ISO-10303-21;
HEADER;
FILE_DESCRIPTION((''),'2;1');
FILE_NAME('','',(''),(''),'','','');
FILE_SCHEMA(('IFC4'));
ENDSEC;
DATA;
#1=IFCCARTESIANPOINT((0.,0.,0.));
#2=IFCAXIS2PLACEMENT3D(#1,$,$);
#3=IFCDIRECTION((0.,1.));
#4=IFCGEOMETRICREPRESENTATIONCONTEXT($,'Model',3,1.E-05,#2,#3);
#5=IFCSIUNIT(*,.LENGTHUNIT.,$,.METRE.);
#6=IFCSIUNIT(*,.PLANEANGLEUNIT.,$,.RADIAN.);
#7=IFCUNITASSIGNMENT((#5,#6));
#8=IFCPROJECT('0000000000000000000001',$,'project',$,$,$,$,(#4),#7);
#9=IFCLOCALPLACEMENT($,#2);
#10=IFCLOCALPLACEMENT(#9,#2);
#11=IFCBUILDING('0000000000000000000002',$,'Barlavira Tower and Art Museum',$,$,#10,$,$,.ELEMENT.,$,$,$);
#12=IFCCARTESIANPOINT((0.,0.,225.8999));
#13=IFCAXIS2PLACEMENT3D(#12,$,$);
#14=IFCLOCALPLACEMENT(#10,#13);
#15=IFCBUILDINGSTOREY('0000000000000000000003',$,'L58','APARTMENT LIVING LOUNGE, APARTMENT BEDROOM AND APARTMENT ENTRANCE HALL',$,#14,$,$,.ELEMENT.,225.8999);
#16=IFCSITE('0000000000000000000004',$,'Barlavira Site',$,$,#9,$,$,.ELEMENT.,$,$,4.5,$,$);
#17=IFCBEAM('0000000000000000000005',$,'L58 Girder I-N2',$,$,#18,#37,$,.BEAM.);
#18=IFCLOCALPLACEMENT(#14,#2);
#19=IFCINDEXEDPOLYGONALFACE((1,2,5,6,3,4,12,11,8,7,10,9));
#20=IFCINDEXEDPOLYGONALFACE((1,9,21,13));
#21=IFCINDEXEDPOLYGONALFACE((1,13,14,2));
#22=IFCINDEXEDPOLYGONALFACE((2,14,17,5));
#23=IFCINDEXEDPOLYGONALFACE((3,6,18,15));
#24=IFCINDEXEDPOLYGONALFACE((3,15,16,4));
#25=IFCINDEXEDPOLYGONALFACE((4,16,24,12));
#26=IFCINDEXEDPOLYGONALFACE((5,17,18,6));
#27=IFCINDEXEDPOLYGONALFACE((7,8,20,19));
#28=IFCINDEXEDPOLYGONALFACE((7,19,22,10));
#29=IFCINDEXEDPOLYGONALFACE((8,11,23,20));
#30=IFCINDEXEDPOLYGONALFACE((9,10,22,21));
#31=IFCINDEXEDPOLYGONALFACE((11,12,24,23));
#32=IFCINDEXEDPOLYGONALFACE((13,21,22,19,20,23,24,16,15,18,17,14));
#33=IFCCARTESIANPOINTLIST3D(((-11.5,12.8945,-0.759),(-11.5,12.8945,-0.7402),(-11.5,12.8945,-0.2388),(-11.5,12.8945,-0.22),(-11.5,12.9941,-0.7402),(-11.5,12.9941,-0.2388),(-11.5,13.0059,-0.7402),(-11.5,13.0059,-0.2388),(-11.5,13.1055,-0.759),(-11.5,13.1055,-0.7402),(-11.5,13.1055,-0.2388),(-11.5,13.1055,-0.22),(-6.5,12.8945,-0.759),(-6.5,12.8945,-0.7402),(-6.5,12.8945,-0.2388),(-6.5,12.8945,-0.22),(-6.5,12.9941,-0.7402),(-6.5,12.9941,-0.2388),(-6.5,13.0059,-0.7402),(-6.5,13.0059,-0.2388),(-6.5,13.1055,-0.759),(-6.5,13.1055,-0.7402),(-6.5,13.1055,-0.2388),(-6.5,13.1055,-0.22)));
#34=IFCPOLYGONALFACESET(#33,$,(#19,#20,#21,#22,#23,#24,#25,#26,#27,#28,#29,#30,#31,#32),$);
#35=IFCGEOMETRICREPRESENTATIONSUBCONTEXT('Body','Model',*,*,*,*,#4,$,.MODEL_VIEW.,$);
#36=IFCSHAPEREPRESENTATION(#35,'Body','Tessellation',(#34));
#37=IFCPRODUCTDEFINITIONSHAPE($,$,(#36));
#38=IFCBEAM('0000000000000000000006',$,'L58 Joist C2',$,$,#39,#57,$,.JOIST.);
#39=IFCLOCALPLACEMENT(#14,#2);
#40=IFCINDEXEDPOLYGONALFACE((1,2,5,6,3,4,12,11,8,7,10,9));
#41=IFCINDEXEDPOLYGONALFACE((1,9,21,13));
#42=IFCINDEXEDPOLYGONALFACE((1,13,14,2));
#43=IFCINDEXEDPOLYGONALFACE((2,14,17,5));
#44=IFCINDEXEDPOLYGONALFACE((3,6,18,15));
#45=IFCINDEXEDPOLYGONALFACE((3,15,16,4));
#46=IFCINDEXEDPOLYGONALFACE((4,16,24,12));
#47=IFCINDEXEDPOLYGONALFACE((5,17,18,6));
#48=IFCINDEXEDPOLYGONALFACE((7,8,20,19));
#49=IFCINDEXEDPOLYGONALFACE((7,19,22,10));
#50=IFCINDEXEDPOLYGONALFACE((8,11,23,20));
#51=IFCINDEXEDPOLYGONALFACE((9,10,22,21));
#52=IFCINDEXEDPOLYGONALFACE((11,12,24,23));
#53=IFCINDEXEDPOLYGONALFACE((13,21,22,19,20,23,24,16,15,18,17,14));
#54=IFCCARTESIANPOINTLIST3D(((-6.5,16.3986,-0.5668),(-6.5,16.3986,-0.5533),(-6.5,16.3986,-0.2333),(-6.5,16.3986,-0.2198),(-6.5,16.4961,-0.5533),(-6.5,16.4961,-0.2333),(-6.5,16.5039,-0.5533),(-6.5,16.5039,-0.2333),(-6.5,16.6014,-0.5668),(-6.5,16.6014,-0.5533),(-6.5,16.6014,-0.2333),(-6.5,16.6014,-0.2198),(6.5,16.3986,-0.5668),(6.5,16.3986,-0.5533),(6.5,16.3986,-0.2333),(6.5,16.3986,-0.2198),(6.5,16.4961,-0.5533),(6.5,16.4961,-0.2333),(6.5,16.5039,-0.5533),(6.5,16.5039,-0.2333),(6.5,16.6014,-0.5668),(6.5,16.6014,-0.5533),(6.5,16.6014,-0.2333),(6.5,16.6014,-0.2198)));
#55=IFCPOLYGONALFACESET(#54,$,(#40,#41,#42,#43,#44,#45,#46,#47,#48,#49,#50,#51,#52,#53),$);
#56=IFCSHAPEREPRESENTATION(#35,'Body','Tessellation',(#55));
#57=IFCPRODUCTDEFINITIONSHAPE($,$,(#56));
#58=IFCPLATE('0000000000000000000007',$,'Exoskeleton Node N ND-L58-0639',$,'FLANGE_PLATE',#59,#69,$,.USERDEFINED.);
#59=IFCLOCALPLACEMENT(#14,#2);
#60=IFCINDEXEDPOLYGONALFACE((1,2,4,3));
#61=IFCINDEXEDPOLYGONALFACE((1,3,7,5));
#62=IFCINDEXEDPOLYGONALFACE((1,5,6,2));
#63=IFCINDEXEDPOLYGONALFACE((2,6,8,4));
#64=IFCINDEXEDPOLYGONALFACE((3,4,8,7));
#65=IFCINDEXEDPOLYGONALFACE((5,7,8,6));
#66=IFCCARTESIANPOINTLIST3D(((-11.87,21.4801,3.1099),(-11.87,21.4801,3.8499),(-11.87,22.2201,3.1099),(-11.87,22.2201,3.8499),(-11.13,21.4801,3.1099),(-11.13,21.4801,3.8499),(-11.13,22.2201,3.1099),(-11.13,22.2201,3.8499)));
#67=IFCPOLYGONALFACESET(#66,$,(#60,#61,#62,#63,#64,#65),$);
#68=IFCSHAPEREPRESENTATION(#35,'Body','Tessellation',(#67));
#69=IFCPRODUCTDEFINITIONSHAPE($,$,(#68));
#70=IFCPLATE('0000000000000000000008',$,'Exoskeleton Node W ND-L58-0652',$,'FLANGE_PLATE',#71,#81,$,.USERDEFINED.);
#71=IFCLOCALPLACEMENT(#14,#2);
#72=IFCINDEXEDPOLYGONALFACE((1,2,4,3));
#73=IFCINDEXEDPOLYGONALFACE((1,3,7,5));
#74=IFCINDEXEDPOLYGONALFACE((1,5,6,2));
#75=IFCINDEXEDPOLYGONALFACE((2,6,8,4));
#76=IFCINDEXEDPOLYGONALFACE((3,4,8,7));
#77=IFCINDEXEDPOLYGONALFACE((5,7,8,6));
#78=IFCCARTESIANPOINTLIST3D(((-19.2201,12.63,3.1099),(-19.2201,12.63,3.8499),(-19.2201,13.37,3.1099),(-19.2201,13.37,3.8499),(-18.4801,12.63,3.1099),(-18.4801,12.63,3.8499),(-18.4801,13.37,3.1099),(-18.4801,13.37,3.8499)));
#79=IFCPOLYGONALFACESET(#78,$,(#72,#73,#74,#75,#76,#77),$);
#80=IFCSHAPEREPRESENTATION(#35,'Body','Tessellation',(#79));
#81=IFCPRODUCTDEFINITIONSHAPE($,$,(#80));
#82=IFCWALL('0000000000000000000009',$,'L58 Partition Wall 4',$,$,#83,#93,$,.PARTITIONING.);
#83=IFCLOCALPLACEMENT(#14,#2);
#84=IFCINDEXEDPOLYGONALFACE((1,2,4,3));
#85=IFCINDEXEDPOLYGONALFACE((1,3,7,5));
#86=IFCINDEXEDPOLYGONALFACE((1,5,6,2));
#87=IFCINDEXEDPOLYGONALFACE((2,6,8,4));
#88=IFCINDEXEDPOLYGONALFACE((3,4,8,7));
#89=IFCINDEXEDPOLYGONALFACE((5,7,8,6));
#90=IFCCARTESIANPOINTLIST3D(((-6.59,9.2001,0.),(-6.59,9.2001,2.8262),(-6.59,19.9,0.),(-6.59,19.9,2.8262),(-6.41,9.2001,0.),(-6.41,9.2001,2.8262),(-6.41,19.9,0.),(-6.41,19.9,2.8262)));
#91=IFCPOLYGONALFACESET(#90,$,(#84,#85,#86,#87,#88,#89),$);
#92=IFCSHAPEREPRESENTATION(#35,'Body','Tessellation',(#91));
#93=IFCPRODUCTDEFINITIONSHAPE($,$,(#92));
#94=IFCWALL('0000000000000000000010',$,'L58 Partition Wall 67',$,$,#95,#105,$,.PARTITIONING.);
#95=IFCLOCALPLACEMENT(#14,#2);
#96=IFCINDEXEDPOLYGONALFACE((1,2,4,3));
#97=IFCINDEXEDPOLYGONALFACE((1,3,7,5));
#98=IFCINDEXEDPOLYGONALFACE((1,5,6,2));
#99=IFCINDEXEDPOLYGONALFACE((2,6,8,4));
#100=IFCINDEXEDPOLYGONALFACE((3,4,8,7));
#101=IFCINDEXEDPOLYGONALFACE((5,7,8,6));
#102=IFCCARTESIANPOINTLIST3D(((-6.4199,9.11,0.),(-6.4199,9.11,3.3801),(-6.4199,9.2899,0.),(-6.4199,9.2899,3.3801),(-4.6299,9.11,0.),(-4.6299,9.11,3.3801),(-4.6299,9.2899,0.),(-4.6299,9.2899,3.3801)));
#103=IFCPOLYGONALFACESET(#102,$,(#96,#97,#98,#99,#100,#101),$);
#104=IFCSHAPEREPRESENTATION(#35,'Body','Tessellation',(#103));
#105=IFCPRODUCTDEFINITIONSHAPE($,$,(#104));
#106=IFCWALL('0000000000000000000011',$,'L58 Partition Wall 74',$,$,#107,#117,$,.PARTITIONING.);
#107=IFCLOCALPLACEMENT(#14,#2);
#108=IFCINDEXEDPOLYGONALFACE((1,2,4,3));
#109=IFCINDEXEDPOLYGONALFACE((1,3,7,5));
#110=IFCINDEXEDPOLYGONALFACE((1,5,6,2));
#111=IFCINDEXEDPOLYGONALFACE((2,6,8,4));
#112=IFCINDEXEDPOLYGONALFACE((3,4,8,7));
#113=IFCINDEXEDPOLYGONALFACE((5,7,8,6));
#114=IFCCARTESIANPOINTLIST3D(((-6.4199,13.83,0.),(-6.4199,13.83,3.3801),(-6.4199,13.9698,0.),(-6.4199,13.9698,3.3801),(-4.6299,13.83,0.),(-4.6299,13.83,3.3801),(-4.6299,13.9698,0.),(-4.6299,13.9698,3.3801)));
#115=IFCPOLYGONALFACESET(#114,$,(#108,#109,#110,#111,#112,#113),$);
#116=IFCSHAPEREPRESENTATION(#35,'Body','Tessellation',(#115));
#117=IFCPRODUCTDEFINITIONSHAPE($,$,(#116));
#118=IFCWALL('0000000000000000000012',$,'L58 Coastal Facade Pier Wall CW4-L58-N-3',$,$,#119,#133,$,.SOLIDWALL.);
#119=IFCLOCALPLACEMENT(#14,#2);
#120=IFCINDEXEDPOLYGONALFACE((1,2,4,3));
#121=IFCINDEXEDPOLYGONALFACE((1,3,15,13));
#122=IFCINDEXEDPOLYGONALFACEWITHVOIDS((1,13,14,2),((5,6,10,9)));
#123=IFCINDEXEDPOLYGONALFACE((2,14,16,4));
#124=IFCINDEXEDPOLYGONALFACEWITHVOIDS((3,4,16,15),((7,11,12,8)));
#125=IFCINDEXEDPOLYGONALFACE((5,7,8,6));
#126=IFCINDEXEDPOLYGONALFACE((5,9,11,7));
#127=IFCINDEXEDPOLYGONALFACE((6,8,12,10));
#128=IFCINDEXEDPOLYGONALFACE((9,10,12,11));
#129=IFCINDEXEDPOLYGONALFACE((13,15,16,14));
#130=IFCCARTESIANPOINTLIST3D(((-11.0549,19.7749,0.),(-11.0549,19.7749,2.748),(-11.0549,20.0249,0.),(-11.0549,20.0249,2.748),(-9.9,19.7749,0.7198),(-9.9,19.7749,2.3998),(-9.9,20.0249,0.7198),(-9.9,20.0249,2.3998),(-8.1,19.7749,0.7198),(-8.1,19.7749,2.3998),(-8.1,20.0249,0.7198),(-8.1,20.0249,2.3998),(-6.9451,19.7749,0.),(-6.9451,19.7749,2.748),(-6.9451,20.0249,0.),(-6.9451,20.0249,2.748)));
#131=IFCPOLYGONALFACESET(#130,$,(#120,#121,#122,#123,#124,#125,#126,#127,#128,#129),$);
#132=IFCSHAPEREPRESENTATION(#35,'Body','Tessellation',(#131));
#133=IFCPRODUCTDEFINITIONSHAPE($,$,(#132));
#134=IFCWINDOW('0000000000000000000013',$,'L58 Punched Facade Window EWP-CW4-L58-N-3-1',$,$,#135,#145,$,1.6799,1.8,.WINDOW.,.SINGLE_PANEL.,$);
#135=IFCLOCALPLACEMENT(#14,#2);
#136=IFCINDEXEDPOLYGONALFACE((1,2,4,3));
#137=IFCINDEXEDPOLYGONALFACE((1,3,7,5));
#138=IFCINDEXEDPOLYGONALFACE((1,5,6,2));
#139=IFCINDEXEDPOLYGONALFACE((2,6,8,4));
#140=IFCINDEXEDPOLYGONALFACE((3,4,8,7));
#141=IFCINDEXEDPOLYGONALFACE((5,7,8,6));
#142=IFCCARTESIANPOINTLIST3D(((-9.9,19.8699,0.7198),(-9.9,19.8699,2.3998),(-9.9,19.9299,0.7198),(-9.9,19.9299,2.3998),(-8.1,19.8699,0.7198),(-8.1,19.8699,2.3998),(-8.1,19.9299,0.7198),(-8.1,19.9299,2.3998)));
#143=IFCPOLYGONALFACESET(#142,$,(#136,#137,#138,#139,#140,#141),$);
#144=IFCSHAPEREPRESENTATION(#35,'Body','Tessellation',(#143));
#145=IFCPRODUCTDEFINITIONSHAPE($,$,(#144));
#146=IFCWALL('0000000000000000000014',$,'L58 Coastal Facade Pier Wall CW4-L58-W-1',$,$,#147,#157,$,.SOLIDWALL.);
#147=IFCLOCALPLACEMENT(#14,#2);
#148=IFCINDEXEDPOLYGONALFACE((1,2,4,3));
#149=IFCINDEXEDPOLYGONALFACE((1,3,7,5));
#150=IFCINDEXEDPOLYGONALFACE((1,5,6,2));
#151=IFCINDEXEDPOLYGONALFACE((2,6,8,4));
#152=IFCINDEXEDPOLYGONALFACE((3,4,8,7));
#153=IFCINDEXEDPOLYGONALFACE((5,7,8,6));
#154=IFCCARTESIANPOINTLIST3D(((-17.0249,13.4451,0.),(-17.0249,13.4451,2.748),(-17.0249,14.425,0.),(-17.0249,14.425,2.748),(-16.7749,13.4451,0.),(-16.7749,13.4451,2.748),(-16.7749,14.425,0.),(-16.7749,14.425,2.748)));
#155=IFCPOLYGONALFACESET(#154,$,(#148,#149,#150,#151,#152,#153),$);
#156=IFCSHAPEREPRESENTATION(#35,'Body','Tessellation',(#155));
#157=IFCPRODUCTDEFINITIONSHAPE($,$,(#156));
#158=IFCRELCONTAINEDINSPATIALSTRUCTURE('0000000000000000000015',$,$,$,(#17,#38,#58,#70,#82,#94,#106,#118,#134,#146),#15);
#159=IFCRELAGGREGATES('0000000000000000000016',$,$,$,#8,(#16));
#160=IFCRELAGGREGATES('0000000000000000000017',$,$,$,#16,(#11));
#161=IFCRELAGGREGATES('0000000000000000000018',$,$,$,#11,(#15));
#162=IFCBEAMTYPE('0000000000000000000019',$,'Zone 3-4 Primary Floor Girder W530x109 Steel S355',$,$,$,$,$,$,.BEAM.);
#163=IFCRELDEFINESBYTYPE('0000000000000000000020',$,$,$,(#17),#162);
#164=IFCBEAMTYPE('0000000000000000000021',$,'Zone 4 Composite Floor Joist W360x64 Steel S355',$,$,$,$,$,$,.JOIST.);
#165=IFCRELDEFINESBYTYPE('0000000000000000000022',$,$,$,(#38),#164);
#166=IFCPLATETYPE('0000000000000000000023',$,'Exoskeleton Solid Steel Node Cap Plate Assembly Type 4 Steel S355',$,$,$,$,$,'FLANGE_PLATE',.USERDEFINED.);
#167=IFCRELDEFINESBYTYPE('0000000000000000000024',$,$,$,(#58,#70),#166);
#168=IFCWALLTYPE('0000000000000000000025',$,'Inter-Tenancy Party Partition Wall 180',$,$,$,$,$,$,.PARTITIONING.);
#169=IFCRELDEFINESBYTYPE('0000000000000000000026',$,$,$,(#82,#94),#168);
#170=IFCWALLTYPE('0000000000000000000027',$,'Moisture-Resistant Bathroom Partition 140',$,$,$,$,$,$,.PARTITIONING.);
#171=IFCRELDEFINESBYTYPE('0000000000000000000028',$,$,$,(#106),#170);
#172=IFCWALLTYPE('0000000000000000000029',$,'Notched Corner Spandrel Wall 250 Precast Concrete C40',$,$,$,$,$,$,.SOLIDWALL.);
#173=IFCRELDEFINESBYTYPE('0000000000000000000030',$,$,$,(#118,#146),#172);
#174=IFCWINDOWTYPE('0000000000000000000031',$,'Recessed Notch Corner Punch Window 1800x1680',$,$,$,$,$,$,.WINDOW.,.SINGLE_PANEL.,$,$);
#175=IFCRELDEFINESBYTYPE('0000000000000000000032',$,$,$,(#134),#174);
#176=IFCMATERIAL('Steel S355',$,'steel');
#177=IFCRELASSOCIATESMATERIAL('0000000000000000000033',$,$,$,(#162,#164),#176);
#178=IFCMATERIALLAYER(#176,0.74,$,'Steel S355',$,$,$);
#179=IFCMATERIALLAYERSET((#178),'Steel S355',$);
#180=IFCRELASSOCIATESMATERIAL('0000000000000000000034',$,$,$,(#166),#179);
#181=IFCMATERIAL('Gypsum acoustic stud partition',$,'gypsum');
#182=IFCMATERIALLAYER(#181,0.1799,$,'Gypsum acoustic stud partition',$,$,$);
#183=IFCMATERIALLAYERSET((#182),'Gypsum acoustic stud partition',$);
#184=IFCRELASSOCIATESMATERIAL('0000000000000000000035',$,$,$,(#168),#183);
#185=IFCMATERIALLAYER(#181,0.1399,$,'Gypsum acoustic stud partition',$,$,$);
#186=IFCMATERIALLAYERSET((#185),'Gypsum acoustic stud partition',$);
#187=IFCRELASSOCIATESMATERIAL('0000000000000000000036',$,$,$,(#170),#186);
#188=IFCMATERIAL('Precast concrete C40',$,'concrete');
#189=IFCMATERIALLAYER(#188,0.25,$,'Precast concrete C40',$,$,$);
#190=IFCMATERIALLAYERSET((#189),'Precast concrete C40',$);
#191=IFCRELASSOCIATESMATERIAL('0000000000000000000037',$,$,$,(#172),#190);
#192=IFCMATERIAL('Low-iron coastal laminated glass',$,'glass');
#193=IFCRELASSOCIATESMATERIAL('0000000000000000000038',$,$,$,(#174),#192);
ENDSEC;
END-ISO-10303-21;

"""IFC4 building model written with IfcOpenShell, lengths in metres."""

from ifc_helpers import new_model, si_unit, direction, frame, frame_2d, origin, origin_2d, place, context, subcontext, project, spatial, rectangle, i_section, extrude, material, layer, layer_set, material_profile, profile_set, type_object, element, fill, save


model = new_model("IFC4")

# Units and contexts
model_context = context("Model", 3, precision=1e-05, world=origin(), true_north=direction((0.0, 1.0)))
body_context = subcontext(model_context, "Body", "Model", "MODEL_VIEW")
ifc_project = project(units=[si_unit("LENGTHUNIT", "METRE"), si_unit("PLANEANGLEUNIT", "RADIAN")], contexts=[model_context])

# Site, building, storey
site_placement = place(None, origin())
site = spatial("IfcSite", under=ifc_project, at=site_placement, Name="Barlavira Site", CompositionType="ELEMENT", RefElevation=4.5)
building_placement = place(site_placement, origin())
building = spatial("IfcBuilding", under=site, at=building_placement, Name="Barlavira Tower and Art Museum", CompositionType="ELEMENT")
storey_placement = place(building_placement, frame((0.0, 0.0, 225.8999)))
storey = spatial("IfcBuildingStorey", under=building, at=storey_placement, Name="L58", Description="APARTMENT LIVING LOUNGE, APARTMENT BEDROOM AND APARTMENT ENTRANCE HALL", CompositionType="ELEMENT", Elevation=225.8999)

# Shared definitions
ifc_material_1 = material(Name="Low-iron coastal laminated glass", Category="glass")

# Beams
ifc_material_2 = material(Name="Steel S355", Category="steel")
ifc_material_profile_1 = material_profile(ifc_material_2, i_section(OverallWidth=0.2109, OverallDepth=0.5391, WebThickness=0.0117, FlangeThickness=0.0188, at=origin_2d()), Name="W530x109.0")
ifc_profile_set_1 = profile_set([ifc_material_profile_1], Name="Steel S355")
beam_type_1 = type_object("IfcBeamType", Name="Zone 3-4 Primary Floor Girder W530x109 Steel S355", PredefinedType="BEAM", material=ifc_profile_set_1)
beam_1_placement = place(storey_placement, frame((-11.5, 13.0, -0.4895), z_axis=(1.0, 0.0, 0.0), x_axis=(0.0, 1.0, 0.0)))
element("IfcBeam", 1, at=beam_1_placement, inside=storey, type_object=beam_type_1, Name="L58 Girder I-N2", PredefinedType="BEAM", context=body_context, shape_type="SweptSolid", body=[
    extrude(i_section(OverallWidth=0.2109, OverallDepth=0.5391, WebThickness=0.0117, FlangeThickness=0.0188, at=origin_2d()), origin(), (0.0, 0.0, 1.0), 5.0),
])
ifc_material_profile_2 = material_profile(ifc_material_2, i_section(OverallWidth=0.2029, OverallDepth=0.3469, WebThickness=0.0078, FlangeThickness=0.0134, at=origin_2d()), Name="W360x64.0")
ifc_profile_set_2 = profile_set([ifc_material_profile_2], Name="Steel S355")
beam_type_2 = type_object("IfcBeamType", Name="Zone 4 Composite Floor Joist W360x64 Steel S355", PredefinedType="JOIST", material=ifc_profile_set_2)
beam_2_placement = place(storey_placement, frame((-6.5, 16.5, -0.3933), z_axis=(1.0, 0.0, 0.0), x_axis=(0.0, 1.0, 0.0)))
element("IfcBeam", 2, at=beam_2_placement, inside=storey, type_object=beam_type_2, Name="L58 Joist C2", PredefinedType="JOIST", context=body_context, shape_type="SweptSolid", body=[
    extrude(i_section(OverallWidth=0.2029, OverallDepth=0.3469, WebThickness=0.0078, FlangeThickness=0.0134, at=origin_2d()), origin(), (0.0, 0.0, 1.0), 13.0),
])

# Plates
ifc_layer_1 = layer(ifc_material_2, 0.74, Name="Steel S355")
ifc_layer_set_1 = layer_set([ifc_layer_1], Name="Steel S355")
plate_type = type_object("IfcPlateType", Name="Exoskeleton Solid Steel Node Cap Plate Assembly Type 4 Steel S355", ElementType="FLANGE_PLATE", PredefinedType="USERDEFINED", material=ifc_layer_set_1)
for number, where, z_axis, x_axis, name in (
    (3, (-11.5, 21.8501, 3.1099), (0.0, 0.0, 1.0), (1.0, 0.0, 0.0), "Exoskeleton Node N ND-L58-0639"),
    (4, (-18.8501, 13.0, 3.1099), (0.0, 0.0, 1.0), (1.0, 0.0, 0.0), "Exoskeleton Node W ND-L58-0652"),
):
    element("IfcPlate", number, at=place(storey_placement, frame(where, z_axis=z_axis, x_axis=x_axis)), inside=storey, type_object=plate_type, Name=name, ObjectType="FLANGE_PLATE", PredefinedType="USERDEFINED", context=body_context, shape_type="SweptSolid", body=[
        extrude(rectangle(XDim=0.74, YDim=0.74, at=origin_2d()), origin(), (0.0, 0.0, 1.0), 0.74),
    ])

# Walls
ifc_material_3 = material(Name="Gypsum acoustic stud partition", Category="gypsum")
ifc_layer_2 = layer(ifc_material_3, 0.1799, Name="Gypsum acoustic stud partition")
ifc_layer_set_2 = layer_set([ifc_layer_2], Name="Gypsum acoustic stud partition")
wall_type_1 = type_object("IfcWallType", Name="Inter-Tenancy Party Partition Wall 180", PredefinedType="PARTITIONING", material=ifc_layer_set_2)
wall_1_placement = place(storey_placement, frame((-6.5, 9.2, 0.0), z_axis=(0.0, 0.0, 1.0), x_axis=(0.0, 1.0, 0.0)))
element("IfcWall", 5, at=wall_1_placement, inside=storey, type_object=wall_type_1, Name="L58 Partition Wall 4", PredefinedType="PARTITIONING", context=body_context, shape_type="SweptSolid", body=[
    extrude(rectangle(XDim=10.7, YDim=0.1799, at=frame_2d((5.3501, 0.0))), origin(), (0.0, 0.0, 1.0), 2.8262),
])
wall_2_placement = place(storey_placement, frame((-6.4199, 9.2, 0.0), z_axis=(0.0, 0.0, 1.0), x_axis=(1.0, 0.0, 0.0)))
element("IfcWall", 6, at=wall_2_placement, inside=storey, type_object=wall_type_1, Name="L58 Partition Wall 67", PredefinedType="PARTITIONING", context=body_context, shape_type="SweptSolid", body=[
    extrude(rectangle(XDim=1.79, YDim=0.1799, at=frame_2d((0.895, 0.0))), origin(), (0.0, 0.0, 1.0), 3.3801),
])
ifc_layer_3 = layer(ifc_material_3, 0.1399, Name="Gypsum acoustic stud partition")
ifc_layer_set_3 = layer_set([ifc_layer_3], Name="Gypsum acoustic stud partition")
wall_type_2 = type_object("IfcWallType", Name="Moisture-Resistant Bathroom Partition 140", PredefinedType="PARTITIONING", material=ifc_layer_set_3)
wall_3_placement = place(storey_placement, frame((-6.4199, 13.8999, 0.0), z_axis=(0.0, 0.0, 1.0), x_axis=(1.0, 0.0, 0.0)))
element("IfcWall", 7, at=wall_3_placement, inside=storey, type_object=wall_type_2, Name="L58 Partition Wall 74", PredefinedType="PARTITIONING", context=body_context, shape_type="SweptSolid", body=[
    extrude(rectangle(XDim=1.79, YDim=0.1399, at=frame_2d((0.895, 0.0))), origin(), (0.0, 0.0, 1.0), 3.3801),
])

# Wall, opening, window
ifc_material_4 = material(Name="Precast concrete C40", Category="concrete")
ifc_layer_4 = layer(ifc_material_4, 0.25, Name="Precast concrete C40")
ifc_layer_set_4 = layer_set([ifc_layer_4], Name="Precast concrete C40")
wall_type_3 = type_object("IfcWallType", Name="Notched Corner Spandrel Wall 250 Precast Concrete C40", PredefinedType="SOLIDWALL", material=ifc_layer_set_4)
wall_4_placement = place(storey_placement, frame((-6.9451, 19.8999, 0.0), z_axis=(0.0, 0.0, 1.0), x_axis=(-1.0, 0.0, 0.0)))
wall_4 = element("IfcWall", 8, at=wall_4_placement, inside=storey, type_object=wall_type_3, Name="L58 Coastal Facade Pier Wall CW4-L58-N-3", PredefinedType="SOLIDWALL", context=body_context, shape_type="SweptSolid", body=[
    extrude(rectangle(XDim=4.1099, YDim=0.25, at=frame_2d((2.0549, 0.0))), origin(), (0.0, 0.0, 1.0), 2.748),
])
opening_1_placement = place(wall_4_placement, frame((1.155, 0.0, 0.72)))
opening_1 = element("IfcOpeningElement", 9, at=opening_1_placement, cuts=wall_4, PredefinedType="OPENING", context=body_context, shape_type="SweptSolid", body=[
    extrude(rectangle(XDim=1.8, YDim=1.6799, at=frame_2d((0.8999, 0.8398))), frame((0.0, 0.135, 0.0), z_axis=(0.0, -1.0, 0.0), x_axis=(1.0, 0.0, 0.0)), (0.0, 0.0, 1.0), 0.27),
])
window_type = type_object("IfcWindowType", Name="Recessed Notch Corner Punch Window 1800x1680", PartitioningType="SINGLE_PANEL", PredefinedType="WINDOW", material=ifc_material_1)
window_1_placement = place(opening_1_placement, origin())
window_1 = element("IfcWindow", 10, at=window_1_placement, inside=storey, type_object=window_type, Name="L58 Punched Facade Window EWP-CW4-L58-N-3-1", OverallHeight=1.6799, OverallWidth=1.8, PartitioningType="SINGLE_PANEL", PredefinedType="WINDOW", context=body_context, shape_type="SweptSolid", body=[
    extrude(rectangle(XDim=1.8, YDim=1.6799, at=frame_2d((0.8999, 0.8398))), frame((0.0, 0.03, 0.0), z_axis=(0.0, -1.0, 0.0), x_axis=(1.0, 0.0, 0.0)), (0.0, 0.0, 1.0), 0.0601),
])
fill(opening_1, window_1)

# Wall
wall_5_placement = place(storey_placement, frame((-16.8999, 14.425, 0.0), z_axis=(0.0, 0.0, 1.0), x_axis=(0.0, -1.0, 0.0)))
element("IfcWall", 11, at=wall_5_placement, inside=storey, type_object=wall_type_3, Name="L58 Coastal Facade Pier Wall CW4-L58-W-1", PredefinedType="SOLIDWALL", context=body_context, shape_type="SweptSolid", body=[
    extrude(rectangle(XDim=0.98, YDim=0.25, at=frame_2d((0.49, 0.0))), origin(), (0.0, 0.0, 1.0), 2.748),
])

save(model, "model.ifc")
